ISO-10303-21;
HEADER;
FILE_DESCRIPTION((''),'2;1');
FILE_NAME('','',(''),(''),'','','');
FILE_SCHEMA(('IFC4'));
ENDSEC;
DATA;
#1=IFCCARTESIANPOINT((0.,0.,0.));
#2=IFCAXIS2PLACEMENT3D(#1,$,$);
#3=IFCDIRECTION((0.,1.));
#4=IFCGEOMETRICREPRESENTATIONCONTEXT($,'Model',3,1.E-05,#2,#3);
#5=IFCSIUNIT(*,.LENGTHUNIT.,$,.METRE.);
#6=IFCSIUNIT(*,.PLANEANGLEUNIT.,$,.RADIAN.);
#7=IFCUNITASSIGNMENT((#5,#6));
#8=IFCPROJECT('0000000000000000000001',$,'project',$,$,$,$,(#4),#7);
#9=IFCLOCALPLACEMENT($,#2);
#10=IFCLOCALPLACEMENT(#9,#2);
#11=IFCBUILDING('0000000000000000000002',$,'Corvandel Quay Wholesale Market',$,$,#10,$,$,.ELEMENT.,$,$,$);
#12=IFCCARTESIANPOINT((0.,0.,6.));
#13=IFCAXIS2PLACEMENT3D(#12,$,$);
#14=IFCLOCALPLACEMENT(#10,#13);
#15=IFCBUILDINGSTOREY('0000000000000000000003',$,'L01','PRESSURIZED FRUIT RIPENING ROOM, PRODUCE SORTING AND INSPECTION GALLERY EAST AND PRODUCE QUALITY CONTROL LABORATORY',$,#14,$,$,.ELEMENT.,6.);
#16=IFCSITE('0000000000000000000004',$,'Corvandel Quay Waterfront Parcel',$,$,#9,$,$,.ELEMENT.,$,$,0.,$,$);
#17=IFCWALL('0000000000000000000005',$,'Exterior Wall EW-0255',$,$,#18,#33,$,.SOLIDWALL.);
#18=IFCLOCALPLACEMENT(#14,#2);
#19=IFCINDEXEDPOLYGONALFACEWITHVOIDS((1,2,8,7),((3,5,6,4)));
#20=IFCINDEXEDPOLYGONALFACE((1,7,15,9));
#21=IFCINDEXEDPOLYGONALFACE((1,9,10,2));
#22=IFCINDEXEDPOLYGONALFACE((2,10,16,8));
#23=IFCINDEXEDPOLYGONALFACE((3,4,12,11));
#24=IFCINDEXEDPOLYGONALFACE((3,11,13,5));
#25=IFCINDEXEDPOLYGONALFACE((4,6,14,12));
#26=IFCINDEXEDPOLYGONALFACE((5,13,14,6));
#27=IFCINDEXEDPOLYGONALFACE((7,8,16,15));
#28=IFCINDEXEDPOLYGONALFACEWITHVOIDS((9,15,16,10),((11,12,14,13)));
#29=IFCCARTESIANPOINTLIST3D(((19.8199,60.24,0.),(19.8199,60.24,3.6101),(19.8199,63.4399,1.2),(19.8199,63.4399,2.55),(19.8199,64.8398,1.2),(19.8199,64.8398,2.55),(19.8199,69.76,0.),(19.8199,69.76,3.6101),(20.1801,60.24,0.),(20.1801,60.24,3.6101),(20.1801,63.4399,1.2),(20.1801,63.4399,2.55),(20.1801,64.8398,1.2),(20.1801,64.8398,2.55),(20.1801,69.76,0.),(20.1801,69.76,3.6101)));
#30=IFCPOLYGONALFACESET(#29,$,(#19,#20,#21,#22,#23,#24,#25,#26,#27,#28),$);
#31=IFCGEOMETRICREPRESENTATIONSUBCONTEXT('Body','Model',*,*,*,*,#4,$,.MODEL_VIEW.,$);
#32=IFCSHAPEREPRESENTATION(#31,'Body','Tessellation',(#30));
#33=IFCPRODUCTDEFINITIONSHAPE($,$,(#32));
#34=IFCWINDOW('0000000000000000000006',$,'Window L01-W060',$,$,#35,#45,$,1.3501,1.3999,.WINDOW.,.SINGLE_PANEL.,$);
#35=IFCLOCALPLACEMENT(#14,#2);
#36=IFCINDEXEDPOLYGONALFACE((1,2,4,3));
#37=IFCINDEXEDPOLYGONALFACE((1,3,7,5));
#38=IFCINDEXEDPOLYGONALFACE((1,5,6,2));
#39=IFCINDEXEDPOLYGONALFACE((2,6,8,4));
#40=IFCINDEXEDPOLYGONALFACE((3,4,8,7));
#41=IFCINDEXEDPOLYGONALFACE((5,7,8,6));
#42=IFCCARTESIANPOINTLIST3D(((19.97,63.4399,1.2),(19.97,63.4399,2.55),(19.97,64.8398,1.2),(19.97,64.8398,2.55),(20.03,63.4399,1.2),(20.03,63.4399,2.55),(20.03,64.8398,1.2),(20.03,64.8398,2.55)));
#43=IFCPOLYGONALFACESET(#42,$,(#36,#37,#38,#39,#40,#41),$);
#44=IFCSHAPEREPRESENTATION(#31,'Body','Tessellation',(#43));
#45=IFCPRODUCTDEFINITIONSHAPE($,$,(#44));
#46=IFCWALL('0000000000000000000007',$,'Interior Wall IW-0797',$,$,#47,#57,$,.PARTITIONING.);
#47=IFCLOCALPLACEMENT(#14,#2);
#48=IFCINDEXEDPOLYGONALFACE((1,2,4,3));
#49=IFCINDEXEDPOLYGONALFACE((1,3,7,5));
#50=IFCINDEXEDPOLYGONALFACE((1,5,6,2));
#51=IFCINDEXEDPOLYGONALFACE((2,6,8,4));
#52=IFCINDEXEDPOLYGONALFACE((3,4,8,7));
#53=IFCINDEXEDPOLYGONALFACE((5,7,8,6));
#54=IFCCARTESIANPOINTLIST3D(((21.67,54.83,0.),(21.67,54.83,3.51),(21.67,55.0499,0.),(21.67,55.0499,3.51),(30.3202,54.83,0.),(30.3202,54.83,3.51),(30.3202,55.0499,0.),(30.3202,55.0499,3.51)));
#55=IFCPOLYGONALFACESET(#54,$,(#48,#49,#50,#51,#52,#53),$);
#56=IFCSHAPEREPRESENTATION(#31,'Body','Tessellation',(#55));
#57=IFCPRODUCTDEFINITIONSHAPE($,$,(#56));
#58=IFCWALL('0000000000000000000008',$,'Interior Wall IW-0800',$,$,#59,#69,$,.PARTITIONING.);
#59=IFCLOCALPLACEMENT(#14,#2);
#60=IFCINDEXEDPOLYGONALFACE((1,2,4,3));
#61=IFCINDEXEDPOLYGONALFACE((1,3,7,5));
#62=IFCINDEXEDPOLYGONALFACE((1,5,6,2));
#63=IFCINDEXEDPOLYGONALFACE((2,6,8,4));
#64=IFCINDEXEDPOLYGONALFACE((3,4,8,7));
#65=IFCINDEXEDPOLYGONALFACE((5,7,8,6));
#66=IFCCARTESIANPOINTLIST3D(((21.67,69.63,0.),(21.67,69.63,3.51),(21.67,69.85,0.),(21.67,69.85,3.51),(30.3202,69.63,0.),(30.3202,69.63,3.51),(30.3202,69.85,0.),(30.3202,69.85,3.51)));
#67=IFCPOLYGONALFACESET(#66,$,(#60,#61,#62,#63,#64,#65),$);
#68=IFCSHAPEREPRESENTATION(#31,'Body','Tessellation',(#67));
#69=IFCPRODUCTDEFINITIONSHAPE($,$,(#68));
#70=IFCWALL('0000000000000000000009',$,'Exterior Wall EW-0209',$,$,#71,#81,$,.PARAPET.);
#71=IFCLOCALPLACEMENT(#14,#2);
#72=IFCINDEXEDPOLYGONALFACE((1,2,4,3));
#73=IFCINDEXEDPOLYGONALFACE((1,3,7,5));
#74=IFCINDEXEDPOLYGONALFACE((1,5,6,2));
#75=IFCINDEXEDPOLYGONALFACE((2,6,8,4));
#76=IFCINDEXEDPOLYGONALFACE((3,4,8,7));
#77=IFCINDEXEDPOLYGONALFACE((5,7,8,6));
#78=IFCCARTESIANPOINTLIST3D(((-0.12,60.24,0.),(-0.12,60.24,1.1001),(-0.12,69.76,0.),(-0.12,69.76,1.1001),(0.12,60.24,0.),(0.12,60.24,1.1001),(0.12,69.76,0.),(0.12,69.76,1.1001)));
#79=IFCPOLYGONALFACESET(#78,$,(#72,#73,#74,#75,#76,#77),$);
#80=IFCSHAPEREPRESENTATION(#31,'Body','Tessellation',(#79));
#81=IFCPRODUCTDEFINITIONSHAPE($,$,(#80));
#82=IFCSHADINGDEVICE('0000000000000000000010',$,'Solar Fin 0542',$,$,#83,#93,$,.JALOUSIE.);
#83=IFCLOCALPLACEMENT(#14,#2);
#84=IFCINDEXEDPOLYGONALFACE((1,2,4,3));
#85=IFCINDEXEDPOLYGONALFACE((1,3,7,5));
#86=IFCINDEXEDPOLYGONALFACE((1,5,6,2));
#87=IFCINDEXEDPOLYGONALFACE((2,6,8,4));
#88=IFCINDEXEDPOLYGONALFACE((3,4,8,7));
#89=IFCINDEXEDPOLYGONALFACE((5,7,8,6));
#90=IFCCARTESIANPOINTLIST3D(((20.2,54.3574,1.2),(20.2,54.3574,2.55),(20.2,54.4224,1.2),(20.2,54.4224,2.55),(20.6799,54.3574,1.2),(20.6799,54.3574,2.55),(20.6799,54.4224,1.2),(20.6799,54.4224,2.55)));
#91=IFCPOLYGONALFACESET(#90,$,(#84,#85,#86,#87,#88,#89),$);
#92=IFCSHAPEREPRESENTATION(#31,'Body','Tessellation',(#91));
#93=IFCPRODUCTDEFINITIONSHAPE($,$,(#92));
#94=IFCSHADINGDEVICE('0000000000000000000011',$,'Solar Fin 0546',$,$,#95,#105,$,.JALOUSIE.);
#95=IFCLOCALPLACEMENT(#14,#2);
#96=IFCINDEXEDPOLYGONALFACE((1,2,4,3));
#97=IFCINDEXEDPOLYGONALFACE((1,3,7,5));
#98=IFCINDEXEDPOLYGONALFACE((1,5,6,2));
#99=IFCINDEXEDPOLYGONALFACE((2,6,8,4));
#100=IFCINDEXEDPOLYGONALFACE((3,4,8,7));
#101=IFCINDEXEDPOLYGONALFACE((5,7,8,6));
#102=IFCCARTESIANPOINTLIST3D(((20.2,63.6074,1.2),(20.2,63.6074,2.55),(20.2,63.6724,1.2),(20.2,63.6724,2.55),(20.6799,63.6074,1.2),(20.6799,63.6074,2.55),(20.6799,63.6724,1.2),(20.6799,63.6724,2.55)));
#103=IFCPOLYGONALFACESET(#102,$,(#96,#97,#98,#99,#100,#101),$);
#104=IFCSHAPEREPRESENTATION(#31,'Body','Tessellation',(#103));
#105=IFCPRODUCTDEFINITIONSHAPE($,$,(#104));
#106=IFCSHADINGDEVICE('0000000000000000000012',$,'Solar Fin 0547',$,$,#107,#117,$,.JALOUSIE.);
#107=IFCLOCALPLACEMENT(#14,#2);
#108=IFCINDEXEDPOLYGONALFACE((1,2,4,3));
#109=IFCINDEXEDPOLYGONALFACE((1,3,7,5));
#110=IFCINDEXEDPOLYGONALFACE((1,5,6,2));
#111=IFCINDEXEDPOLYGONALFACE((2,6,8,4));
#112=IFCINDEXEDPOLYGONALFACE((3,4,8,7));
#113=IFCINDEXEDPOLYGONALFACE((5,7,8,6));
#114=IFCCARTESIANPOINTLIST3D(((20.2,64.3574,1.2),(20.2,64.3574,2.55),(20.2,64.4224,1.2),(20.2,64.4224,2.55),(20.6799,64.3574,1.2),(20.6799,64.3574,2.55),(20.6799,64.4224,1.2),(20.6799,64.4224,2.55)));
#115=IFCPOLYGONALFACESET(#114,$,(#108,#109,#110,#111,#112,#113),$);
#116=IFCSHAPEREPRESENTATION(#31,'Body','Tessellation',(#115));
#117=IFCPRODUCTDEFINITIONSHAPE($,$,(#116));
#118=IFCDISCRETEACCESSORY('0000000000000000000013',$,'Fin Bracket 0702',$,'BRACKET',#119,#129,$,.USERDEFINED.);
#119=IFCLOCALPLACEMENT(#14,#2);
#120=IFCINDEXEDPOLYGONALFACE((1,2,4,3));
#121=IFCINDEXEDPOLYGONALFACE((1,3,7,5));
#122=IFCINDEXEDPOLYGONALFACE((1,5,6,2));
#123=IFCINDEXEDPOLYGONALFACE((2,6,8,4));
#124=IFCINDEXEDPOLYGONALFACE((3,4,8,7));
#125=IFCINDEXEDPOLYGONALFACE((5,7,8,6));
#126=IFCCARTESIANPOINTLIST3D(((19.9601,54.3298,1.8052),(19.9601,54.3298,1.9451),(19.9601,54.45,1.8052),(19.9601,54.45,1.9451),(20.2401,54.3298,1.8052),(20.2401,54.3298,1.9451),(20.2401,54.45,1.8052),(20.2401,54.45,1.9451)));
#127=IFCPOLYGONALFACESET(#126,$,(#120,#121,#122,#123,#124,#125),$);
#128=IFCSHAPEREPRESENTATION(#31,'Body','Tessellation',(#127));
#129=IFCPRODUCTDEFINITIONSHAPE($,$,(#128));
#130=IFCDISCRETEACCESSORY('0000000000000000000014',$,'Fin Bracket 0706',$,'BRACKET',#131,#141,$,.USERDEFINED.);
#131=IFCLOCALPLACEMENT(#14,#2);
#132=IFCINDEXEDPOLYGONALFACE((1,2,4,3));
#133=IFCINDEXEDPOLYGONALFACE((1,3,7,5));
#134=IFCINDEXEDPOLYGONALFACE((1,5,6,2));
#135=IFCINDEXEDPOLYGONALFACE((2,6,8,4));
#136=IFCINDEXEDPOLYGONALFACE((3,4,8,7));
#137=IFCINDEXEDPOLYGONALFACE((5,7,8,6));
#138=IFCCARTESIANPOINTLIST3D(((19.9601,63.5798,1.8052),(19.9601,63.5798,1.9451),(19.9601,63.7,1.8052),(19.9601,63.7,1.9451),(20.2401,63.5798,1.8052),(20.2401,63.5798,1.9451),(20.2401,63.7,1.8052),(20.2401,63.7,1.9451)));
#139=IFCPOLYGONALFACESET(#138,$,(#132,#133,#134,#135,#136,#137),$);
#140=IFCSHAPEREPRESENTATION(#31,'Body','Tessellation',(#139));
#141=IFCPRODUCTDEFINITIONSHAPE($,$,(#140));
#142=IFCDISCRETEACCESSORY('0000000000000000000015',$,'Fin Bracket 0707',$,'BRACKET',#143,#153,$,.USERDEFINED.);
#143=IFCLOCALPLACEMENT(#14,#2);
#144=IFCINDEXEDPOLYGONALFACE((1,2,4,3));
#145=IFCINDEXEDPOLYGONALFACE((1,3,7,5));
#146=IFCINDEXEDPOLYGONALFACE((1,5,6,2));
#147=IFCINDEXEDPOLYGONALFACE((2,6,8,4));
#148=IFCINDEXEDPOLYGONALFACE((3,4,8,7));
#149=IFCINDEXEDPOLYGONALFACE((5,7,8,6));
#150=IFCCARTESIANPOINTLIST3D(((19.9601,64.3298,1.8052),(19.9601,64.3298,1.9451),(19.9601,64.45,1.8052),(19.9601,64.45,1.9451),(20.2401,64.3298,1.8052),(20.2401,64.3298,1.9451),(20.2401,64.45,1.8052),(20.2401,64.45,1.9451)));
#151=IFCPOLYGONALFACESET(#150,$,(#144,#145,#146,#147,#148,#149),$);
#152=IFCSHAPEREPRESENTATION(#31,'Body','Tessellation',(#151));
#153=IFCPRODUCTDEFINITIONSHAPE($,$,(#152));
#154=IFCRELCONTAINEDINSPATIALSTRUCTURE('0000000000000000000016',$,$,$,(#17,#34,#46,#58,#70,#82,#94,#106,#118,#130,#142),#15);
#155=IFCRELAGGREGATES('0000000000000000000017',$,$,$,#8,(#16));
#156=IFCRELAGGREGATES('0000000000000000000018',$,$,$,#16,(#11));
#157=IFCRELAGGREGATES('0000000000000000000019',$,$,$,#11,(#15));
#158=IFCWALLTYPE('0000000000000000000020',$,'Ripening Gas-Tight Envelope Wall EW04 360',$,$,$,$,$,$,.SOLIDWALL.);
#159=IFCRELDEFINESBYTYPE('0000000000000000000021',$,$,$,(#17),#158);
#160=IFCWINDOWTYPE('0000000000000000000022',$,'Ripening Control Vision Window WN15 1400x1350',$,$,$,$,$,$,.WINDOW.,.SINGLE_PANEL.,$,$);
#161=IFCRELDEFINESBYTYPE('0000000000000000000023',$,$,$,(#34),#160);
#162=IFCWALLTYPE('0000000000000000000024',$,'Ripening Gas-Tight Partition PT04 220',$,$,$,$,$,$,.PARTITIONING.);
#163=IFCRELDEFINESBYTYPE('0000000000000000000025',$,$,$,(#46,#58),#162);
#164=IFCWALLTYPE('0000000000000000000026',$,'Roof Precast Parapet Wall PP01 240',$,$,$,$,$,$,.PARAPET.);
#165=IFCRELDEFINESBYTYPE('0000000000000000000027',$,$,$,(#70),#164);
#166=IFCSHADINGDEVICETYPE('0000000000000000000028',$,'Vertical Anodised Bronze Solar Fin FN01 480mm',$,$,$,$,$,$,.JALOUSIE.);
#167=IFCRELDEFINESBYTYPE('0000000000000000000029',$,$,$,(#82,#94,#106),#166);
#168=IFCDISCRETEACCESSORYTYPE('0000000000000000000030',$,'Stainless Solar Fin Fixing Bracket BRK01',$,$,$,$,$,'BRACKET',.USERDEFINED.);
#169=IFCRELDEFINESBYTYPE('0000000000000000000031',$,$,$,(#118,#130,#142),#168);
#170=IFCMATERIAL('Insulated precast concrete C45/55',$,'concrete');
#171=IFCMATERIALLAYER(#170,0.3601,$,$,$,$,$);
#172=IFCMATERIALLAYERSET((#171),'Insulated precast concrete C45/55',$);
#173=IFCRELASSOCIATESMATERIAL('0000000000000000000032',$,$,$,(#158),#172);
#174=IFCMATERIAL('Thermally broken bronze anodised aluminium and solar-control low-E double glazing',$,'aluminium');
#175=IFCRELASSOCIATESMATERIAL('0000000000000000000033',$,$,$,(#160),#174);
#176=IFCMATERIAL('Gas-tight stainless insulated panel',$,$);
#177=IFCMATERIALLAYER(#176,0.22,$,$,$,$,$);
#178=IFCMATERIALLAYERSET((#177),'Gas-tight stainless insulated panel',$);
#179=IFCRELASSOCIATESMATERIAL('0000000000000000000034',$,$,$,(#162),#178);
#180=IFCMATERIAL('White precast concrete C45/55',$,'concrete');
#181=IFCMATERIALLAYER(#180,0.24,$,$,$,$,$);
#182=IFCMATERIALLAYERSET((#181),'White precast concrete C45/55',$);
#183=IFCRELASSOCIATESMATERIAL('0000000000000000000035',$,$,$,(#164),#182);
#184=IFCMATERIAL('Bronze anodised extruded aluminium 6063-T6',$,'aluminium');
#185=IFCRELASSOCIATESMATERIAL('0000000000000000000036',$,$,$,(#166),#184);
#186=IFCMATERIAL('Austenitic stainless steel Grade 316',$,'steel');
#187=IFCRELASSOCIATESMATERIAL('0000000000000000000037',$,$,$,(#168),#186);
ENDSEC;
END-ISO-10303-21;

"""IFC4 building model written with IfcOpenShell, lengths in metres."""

from ifc_helpers import new_model, si_unit, direction, frame, frame_2d, origin, origin_2d, place, context, subcontext, project, spatial, rectangle, extrude, material, layer, layer_set, type_object, element, fill, save


model = new_model("IFC4")

# Units and contexts
model_context = context("Model", 3, precision=1e-05, world=origin(), true_north=direction((0.0, 1.0)))
body_context = subcontext(model_context, "Body", "Model", "MODEL_VIEW")
ifc_project = project(units=[si_unit("LENGTHUNIT", "METRE"), si_unit("PLANEANGLEUNIT", "RADIAN")], contexts=[model_context])

# Site, building, storey
site_placement = place(None, origin())
site = spatial("IfcSite", under=ifc_project, at=site_placement, Name="Corvandel Quay Waterfront Parcel", CompositionType="ELEMENT", RefElevation=0.0)
building_placement = place(site_placement, origin())
building = spatial("IfcBuilding", under=site, at=building_placement, Name="Corvandel Quay Wholesale Market", CompositionType="ELEMENT")
storey_placement = place(building_placement, frame((0.0, 0.0, 6.0)))
storey = spatial("IfcBuildingStorey", under=building, at=storey_placement, Name="L01", Description="PRESSURIZED FRUIT RIPENING ROOM, PRODUCE SORTING AND INSPECTION GALLERY EAST AND PRODUCE QUALITY CONTROL LABORATORY", CompositionType="ELEMENT", Elevation=6.0)

# Wall, opening, window
ifc_material_1 = material(Name="Insulated precast concrete C45/55", Category="concrete")
ifc_layer_1 = layer(ifc_material_1, 0.3601)
ifc_layer_set_1 = layer_set([ifc_layer_1], Name="Insulated precast concrete C45/55")
wall_type_1 = type_object("IfcWallType", Name="Ripening Gas-Tight Envelope Wall EW04 360", PredefinedType="SOLIDWALL", material=ifc_layer_set_1)
wall_1_placement = place(storey_placement, frame((20.0, 60.24, 0.0), z_axis=(0.0, 0.0, 1.0), x_axis=(0.0, 1.0, 0.0)))
wall_1 = element("IfcWall", 1, at=wall_1_placement, inside=storey, type_object=wall_type_1, Name="Exterior Wall EW-0255", PredefinedType="SOLIDWALL", context=body_context, shape_type="SweptSolid", body=[
    extrude(rectangle(XDim=9.52, YDim=0.3601, at=frame_2d((4.76, 0.0))), origin(), (0.0, 0.0, 1.0), 3.6101),
])
opening_placement = place(wall_1_placement, frame((3.2, 0.0, 1.2)))
opening = element("IfcOpeningElement", 2, at=opening_placement, cuts=wall_1, PredefinedType="OPENING", context=body_context, shape_type="SweptSolid", body=[
    extrude(rectangle(XDim=1.3999, YDim=1.3501, at=frame_2d((0.7, 0.675))), frame((0.0, 0.1899, 0.0), z_axis=(0.0, -1.0, 0.0), x_axis=(1.0, 0.0, 0.0)), (0.0, 0.0, 1.0), 0.3801),
])
ifc_material_2 = material(Name="Thermally broken bronze anodised aluminium and solar-control low-E double glazing", Category="aluminium")
window_type = type_object("IfcWindowType", Name="Ripening Control Vision Window WN15 1400x1350", PartitioningType="SINGLE_PANEL", PredefinedType="WINDOW", material=ifc_material_2)
window_placement = place(opening_placement, origin())
window = element("IfcWindow", 3, at=window_placement, inside=storey, type_object=window_type, Name="Window L01-W060", OverallHeight=1.3501, OverallWidth=1.3999, PartitioningType="SINGLE_PANEL", PredefinedType="WINDOW", context=body_context, shape_type="SweptSolid", body=[
    extrude(rectangle(XDim=1.3999, YDim=1.3501, at=frame_2d((0.7, 0.675))), frame((0.0, 0.03, 0.0), z_axis=(0.0, -1.0, 0.0), x_axis=(1.0, 0.0, 0.0)), (0.0, 0.0, 1.0), 0.0601),
])
fill(opening, window)

# Walls
ifc_material_3 = material(Name="Gas-tight stainless insulated panel")
ifc_layer_2 = layer(ifc_material_3, 0.22)
ifc_layer_set_2 = layer_set([ifc_layer_2], Name="Gas-tight stainless insulated panel")
wall_type_2 = type_object("IfcWallType", Name="Ripening Gas-Tight Partition PT04 220", PredefinedType="PARTITIONING", material=ifc_layer_set_2)
for number, where, z_axis, x_axis, name in (
    (4, (21.6699, 54.9399, 0.0), (0.0, 0.0, 1.0), (1.0, 0.0, 0.0), "Interior Wall IW-0797"),
    (5, (21.6699, 69.74, 0.0), (0.0, 0.0, 1.0), (1.0, 0.0, 0.0), "Interior Wall IW-0800"),
):
    element("IfcWall", number, at=place(storey_placement, frame(where, z_axis=z_axis, x_axis=x_axis)), inside=storey, type_object=wall_type_2, Name=name, PredefinedType="PARTITIONING", context=body_context, shape_type="SweptSolid", body=[
        extrude(rectangle(XDim=8.6501, YDim=0.22, at=frame_2d((4.3252, 0.0))), origin(), (0.0, 0.0, 1.0), 3.51),
    ])
ifc_material_4 = material(Name="White precast concrete C45/55", Category="concrete")
ifc_layer_3 = layer(ifc_material_4, 0.24)
ifc_layer_set_3 = layer_set([ifc_layer_3], Name="White precast concrete C45/55")
wall_type_3 = type_object("IfcWallType", Name="Roof Precast Parapet Wall PP01 240", PredefinedType="PARAPET", material=ifc_layer_set_3)
wall_2_placement = place(storey_placement, frame((0.0, 60.24, 0.0), z_axis=(0.0, 0.0, 1.0), x_axis=(0.0, 1.0, 0.0)))
element("IfcWall", 6, at=wall_2_placement, inside=storey, type_object=wall_type_3, Name="Exterior Wall EW-0209", PredefinedType="PARAPET", context=body_context, shape_type="SweptSolid", body=[
    extrude(rectangle(XDim=9.52, YDim=0.24, at=frame_2d((4.76, 0.0))), origin(), (0.0, 0.0, 1.0), 1.1001),
])

# Shading devices
ifc_material_5 = material(Name="Bronze anodised extruded aluminium 6063-T6", Category="aluminium")
shading_device_type = type_object("IfcShadingDeviceType", Name="Vertical Anodised Bronze Solar Fin FN01 480mm", PredefinedType="JALOUSIE", material=ifc_material_5)
for number, where, z_axis, x_axis, name in (
    (7, (20.4399, 54.3899, 1.2), (0.0, 0.0, 1.0), (1.0, 0.0, 0.0), "Solar Fin 0542"),
    (8, (20.4399, 63.6399, 1.2), (0.0, 0.0, 1.0), (1.0, 0.0, 0.0), "Solar Fin 0546"),
    (9, (20.4399, 64.3899, 1.2), (0.0, 0.0, 1.0), (1.0, 0.0, 0.0), "Solar Fin 0547"),
):
    element("IfcShadingDevice", number, at=place(storey_placement, frame(where, z_axis=z_axis, x_axis=x_axis)), inside=storey, type_object=shading_device_type, Name=name, PredefinedType="JALOUSIE", context=body_context, shape_type="SweptSolid", body=[
        extrude(rectangle(XDim=0.48, YDim=0.0649, at=origin_2d()), origin(), (0.0, 0.0, 1.0), 1.3501),
    ])

# Discrete accessories
ifc_material_6 = material(Name="Austenitic stainless steel Grade 316", Category="steel")
discrete_accessory_type = type_object("IfcDiscreteAccessoryType", Name="Stainless Solar Fin Fixing Bracket BRK01", ElementType="BRACKET", PredefinedType="USERDEFINED", material=ifc_material_6)
for number, where, z_axis, x_axis, name in (
    (10, (20.1001, 54.3899, 1.8052), (0.0, 0.0, 1.0), (1.0, 0.0, 0.0), "Fin Bracket 0702"),
    (11, (20.1001, 63.6399, 1.8052), (0.0, 0.0, 1.0), (1.0, 0.0, 0.0), "Fin Bracket 0706"),
    (12, (20.1001, 64.3899, 1.8052), (0.0, 0.0, 1.0), (1.0, 0.0, 0.0), "Fin Bracket 0707"),
):
    element("IfcDiscreteAccessory", number, at=place(storey_placement, frame(where, z_axis=z_axis, x_axis=x_axis)), inside=storey, type_object=discrete_accessory_type, Name=name, ObjectType="BRACKET", PredefinedType="USERDEFINED", context=body_context, shape_type="SweptSolid", body=[
        extrude(rectangle(XDim=0.28, YDim=0.1201, at=origin_2d()), origin(), (0.0, 0.0, 1.0), 0.1399),
    ])

save(model, "model.ifc")
